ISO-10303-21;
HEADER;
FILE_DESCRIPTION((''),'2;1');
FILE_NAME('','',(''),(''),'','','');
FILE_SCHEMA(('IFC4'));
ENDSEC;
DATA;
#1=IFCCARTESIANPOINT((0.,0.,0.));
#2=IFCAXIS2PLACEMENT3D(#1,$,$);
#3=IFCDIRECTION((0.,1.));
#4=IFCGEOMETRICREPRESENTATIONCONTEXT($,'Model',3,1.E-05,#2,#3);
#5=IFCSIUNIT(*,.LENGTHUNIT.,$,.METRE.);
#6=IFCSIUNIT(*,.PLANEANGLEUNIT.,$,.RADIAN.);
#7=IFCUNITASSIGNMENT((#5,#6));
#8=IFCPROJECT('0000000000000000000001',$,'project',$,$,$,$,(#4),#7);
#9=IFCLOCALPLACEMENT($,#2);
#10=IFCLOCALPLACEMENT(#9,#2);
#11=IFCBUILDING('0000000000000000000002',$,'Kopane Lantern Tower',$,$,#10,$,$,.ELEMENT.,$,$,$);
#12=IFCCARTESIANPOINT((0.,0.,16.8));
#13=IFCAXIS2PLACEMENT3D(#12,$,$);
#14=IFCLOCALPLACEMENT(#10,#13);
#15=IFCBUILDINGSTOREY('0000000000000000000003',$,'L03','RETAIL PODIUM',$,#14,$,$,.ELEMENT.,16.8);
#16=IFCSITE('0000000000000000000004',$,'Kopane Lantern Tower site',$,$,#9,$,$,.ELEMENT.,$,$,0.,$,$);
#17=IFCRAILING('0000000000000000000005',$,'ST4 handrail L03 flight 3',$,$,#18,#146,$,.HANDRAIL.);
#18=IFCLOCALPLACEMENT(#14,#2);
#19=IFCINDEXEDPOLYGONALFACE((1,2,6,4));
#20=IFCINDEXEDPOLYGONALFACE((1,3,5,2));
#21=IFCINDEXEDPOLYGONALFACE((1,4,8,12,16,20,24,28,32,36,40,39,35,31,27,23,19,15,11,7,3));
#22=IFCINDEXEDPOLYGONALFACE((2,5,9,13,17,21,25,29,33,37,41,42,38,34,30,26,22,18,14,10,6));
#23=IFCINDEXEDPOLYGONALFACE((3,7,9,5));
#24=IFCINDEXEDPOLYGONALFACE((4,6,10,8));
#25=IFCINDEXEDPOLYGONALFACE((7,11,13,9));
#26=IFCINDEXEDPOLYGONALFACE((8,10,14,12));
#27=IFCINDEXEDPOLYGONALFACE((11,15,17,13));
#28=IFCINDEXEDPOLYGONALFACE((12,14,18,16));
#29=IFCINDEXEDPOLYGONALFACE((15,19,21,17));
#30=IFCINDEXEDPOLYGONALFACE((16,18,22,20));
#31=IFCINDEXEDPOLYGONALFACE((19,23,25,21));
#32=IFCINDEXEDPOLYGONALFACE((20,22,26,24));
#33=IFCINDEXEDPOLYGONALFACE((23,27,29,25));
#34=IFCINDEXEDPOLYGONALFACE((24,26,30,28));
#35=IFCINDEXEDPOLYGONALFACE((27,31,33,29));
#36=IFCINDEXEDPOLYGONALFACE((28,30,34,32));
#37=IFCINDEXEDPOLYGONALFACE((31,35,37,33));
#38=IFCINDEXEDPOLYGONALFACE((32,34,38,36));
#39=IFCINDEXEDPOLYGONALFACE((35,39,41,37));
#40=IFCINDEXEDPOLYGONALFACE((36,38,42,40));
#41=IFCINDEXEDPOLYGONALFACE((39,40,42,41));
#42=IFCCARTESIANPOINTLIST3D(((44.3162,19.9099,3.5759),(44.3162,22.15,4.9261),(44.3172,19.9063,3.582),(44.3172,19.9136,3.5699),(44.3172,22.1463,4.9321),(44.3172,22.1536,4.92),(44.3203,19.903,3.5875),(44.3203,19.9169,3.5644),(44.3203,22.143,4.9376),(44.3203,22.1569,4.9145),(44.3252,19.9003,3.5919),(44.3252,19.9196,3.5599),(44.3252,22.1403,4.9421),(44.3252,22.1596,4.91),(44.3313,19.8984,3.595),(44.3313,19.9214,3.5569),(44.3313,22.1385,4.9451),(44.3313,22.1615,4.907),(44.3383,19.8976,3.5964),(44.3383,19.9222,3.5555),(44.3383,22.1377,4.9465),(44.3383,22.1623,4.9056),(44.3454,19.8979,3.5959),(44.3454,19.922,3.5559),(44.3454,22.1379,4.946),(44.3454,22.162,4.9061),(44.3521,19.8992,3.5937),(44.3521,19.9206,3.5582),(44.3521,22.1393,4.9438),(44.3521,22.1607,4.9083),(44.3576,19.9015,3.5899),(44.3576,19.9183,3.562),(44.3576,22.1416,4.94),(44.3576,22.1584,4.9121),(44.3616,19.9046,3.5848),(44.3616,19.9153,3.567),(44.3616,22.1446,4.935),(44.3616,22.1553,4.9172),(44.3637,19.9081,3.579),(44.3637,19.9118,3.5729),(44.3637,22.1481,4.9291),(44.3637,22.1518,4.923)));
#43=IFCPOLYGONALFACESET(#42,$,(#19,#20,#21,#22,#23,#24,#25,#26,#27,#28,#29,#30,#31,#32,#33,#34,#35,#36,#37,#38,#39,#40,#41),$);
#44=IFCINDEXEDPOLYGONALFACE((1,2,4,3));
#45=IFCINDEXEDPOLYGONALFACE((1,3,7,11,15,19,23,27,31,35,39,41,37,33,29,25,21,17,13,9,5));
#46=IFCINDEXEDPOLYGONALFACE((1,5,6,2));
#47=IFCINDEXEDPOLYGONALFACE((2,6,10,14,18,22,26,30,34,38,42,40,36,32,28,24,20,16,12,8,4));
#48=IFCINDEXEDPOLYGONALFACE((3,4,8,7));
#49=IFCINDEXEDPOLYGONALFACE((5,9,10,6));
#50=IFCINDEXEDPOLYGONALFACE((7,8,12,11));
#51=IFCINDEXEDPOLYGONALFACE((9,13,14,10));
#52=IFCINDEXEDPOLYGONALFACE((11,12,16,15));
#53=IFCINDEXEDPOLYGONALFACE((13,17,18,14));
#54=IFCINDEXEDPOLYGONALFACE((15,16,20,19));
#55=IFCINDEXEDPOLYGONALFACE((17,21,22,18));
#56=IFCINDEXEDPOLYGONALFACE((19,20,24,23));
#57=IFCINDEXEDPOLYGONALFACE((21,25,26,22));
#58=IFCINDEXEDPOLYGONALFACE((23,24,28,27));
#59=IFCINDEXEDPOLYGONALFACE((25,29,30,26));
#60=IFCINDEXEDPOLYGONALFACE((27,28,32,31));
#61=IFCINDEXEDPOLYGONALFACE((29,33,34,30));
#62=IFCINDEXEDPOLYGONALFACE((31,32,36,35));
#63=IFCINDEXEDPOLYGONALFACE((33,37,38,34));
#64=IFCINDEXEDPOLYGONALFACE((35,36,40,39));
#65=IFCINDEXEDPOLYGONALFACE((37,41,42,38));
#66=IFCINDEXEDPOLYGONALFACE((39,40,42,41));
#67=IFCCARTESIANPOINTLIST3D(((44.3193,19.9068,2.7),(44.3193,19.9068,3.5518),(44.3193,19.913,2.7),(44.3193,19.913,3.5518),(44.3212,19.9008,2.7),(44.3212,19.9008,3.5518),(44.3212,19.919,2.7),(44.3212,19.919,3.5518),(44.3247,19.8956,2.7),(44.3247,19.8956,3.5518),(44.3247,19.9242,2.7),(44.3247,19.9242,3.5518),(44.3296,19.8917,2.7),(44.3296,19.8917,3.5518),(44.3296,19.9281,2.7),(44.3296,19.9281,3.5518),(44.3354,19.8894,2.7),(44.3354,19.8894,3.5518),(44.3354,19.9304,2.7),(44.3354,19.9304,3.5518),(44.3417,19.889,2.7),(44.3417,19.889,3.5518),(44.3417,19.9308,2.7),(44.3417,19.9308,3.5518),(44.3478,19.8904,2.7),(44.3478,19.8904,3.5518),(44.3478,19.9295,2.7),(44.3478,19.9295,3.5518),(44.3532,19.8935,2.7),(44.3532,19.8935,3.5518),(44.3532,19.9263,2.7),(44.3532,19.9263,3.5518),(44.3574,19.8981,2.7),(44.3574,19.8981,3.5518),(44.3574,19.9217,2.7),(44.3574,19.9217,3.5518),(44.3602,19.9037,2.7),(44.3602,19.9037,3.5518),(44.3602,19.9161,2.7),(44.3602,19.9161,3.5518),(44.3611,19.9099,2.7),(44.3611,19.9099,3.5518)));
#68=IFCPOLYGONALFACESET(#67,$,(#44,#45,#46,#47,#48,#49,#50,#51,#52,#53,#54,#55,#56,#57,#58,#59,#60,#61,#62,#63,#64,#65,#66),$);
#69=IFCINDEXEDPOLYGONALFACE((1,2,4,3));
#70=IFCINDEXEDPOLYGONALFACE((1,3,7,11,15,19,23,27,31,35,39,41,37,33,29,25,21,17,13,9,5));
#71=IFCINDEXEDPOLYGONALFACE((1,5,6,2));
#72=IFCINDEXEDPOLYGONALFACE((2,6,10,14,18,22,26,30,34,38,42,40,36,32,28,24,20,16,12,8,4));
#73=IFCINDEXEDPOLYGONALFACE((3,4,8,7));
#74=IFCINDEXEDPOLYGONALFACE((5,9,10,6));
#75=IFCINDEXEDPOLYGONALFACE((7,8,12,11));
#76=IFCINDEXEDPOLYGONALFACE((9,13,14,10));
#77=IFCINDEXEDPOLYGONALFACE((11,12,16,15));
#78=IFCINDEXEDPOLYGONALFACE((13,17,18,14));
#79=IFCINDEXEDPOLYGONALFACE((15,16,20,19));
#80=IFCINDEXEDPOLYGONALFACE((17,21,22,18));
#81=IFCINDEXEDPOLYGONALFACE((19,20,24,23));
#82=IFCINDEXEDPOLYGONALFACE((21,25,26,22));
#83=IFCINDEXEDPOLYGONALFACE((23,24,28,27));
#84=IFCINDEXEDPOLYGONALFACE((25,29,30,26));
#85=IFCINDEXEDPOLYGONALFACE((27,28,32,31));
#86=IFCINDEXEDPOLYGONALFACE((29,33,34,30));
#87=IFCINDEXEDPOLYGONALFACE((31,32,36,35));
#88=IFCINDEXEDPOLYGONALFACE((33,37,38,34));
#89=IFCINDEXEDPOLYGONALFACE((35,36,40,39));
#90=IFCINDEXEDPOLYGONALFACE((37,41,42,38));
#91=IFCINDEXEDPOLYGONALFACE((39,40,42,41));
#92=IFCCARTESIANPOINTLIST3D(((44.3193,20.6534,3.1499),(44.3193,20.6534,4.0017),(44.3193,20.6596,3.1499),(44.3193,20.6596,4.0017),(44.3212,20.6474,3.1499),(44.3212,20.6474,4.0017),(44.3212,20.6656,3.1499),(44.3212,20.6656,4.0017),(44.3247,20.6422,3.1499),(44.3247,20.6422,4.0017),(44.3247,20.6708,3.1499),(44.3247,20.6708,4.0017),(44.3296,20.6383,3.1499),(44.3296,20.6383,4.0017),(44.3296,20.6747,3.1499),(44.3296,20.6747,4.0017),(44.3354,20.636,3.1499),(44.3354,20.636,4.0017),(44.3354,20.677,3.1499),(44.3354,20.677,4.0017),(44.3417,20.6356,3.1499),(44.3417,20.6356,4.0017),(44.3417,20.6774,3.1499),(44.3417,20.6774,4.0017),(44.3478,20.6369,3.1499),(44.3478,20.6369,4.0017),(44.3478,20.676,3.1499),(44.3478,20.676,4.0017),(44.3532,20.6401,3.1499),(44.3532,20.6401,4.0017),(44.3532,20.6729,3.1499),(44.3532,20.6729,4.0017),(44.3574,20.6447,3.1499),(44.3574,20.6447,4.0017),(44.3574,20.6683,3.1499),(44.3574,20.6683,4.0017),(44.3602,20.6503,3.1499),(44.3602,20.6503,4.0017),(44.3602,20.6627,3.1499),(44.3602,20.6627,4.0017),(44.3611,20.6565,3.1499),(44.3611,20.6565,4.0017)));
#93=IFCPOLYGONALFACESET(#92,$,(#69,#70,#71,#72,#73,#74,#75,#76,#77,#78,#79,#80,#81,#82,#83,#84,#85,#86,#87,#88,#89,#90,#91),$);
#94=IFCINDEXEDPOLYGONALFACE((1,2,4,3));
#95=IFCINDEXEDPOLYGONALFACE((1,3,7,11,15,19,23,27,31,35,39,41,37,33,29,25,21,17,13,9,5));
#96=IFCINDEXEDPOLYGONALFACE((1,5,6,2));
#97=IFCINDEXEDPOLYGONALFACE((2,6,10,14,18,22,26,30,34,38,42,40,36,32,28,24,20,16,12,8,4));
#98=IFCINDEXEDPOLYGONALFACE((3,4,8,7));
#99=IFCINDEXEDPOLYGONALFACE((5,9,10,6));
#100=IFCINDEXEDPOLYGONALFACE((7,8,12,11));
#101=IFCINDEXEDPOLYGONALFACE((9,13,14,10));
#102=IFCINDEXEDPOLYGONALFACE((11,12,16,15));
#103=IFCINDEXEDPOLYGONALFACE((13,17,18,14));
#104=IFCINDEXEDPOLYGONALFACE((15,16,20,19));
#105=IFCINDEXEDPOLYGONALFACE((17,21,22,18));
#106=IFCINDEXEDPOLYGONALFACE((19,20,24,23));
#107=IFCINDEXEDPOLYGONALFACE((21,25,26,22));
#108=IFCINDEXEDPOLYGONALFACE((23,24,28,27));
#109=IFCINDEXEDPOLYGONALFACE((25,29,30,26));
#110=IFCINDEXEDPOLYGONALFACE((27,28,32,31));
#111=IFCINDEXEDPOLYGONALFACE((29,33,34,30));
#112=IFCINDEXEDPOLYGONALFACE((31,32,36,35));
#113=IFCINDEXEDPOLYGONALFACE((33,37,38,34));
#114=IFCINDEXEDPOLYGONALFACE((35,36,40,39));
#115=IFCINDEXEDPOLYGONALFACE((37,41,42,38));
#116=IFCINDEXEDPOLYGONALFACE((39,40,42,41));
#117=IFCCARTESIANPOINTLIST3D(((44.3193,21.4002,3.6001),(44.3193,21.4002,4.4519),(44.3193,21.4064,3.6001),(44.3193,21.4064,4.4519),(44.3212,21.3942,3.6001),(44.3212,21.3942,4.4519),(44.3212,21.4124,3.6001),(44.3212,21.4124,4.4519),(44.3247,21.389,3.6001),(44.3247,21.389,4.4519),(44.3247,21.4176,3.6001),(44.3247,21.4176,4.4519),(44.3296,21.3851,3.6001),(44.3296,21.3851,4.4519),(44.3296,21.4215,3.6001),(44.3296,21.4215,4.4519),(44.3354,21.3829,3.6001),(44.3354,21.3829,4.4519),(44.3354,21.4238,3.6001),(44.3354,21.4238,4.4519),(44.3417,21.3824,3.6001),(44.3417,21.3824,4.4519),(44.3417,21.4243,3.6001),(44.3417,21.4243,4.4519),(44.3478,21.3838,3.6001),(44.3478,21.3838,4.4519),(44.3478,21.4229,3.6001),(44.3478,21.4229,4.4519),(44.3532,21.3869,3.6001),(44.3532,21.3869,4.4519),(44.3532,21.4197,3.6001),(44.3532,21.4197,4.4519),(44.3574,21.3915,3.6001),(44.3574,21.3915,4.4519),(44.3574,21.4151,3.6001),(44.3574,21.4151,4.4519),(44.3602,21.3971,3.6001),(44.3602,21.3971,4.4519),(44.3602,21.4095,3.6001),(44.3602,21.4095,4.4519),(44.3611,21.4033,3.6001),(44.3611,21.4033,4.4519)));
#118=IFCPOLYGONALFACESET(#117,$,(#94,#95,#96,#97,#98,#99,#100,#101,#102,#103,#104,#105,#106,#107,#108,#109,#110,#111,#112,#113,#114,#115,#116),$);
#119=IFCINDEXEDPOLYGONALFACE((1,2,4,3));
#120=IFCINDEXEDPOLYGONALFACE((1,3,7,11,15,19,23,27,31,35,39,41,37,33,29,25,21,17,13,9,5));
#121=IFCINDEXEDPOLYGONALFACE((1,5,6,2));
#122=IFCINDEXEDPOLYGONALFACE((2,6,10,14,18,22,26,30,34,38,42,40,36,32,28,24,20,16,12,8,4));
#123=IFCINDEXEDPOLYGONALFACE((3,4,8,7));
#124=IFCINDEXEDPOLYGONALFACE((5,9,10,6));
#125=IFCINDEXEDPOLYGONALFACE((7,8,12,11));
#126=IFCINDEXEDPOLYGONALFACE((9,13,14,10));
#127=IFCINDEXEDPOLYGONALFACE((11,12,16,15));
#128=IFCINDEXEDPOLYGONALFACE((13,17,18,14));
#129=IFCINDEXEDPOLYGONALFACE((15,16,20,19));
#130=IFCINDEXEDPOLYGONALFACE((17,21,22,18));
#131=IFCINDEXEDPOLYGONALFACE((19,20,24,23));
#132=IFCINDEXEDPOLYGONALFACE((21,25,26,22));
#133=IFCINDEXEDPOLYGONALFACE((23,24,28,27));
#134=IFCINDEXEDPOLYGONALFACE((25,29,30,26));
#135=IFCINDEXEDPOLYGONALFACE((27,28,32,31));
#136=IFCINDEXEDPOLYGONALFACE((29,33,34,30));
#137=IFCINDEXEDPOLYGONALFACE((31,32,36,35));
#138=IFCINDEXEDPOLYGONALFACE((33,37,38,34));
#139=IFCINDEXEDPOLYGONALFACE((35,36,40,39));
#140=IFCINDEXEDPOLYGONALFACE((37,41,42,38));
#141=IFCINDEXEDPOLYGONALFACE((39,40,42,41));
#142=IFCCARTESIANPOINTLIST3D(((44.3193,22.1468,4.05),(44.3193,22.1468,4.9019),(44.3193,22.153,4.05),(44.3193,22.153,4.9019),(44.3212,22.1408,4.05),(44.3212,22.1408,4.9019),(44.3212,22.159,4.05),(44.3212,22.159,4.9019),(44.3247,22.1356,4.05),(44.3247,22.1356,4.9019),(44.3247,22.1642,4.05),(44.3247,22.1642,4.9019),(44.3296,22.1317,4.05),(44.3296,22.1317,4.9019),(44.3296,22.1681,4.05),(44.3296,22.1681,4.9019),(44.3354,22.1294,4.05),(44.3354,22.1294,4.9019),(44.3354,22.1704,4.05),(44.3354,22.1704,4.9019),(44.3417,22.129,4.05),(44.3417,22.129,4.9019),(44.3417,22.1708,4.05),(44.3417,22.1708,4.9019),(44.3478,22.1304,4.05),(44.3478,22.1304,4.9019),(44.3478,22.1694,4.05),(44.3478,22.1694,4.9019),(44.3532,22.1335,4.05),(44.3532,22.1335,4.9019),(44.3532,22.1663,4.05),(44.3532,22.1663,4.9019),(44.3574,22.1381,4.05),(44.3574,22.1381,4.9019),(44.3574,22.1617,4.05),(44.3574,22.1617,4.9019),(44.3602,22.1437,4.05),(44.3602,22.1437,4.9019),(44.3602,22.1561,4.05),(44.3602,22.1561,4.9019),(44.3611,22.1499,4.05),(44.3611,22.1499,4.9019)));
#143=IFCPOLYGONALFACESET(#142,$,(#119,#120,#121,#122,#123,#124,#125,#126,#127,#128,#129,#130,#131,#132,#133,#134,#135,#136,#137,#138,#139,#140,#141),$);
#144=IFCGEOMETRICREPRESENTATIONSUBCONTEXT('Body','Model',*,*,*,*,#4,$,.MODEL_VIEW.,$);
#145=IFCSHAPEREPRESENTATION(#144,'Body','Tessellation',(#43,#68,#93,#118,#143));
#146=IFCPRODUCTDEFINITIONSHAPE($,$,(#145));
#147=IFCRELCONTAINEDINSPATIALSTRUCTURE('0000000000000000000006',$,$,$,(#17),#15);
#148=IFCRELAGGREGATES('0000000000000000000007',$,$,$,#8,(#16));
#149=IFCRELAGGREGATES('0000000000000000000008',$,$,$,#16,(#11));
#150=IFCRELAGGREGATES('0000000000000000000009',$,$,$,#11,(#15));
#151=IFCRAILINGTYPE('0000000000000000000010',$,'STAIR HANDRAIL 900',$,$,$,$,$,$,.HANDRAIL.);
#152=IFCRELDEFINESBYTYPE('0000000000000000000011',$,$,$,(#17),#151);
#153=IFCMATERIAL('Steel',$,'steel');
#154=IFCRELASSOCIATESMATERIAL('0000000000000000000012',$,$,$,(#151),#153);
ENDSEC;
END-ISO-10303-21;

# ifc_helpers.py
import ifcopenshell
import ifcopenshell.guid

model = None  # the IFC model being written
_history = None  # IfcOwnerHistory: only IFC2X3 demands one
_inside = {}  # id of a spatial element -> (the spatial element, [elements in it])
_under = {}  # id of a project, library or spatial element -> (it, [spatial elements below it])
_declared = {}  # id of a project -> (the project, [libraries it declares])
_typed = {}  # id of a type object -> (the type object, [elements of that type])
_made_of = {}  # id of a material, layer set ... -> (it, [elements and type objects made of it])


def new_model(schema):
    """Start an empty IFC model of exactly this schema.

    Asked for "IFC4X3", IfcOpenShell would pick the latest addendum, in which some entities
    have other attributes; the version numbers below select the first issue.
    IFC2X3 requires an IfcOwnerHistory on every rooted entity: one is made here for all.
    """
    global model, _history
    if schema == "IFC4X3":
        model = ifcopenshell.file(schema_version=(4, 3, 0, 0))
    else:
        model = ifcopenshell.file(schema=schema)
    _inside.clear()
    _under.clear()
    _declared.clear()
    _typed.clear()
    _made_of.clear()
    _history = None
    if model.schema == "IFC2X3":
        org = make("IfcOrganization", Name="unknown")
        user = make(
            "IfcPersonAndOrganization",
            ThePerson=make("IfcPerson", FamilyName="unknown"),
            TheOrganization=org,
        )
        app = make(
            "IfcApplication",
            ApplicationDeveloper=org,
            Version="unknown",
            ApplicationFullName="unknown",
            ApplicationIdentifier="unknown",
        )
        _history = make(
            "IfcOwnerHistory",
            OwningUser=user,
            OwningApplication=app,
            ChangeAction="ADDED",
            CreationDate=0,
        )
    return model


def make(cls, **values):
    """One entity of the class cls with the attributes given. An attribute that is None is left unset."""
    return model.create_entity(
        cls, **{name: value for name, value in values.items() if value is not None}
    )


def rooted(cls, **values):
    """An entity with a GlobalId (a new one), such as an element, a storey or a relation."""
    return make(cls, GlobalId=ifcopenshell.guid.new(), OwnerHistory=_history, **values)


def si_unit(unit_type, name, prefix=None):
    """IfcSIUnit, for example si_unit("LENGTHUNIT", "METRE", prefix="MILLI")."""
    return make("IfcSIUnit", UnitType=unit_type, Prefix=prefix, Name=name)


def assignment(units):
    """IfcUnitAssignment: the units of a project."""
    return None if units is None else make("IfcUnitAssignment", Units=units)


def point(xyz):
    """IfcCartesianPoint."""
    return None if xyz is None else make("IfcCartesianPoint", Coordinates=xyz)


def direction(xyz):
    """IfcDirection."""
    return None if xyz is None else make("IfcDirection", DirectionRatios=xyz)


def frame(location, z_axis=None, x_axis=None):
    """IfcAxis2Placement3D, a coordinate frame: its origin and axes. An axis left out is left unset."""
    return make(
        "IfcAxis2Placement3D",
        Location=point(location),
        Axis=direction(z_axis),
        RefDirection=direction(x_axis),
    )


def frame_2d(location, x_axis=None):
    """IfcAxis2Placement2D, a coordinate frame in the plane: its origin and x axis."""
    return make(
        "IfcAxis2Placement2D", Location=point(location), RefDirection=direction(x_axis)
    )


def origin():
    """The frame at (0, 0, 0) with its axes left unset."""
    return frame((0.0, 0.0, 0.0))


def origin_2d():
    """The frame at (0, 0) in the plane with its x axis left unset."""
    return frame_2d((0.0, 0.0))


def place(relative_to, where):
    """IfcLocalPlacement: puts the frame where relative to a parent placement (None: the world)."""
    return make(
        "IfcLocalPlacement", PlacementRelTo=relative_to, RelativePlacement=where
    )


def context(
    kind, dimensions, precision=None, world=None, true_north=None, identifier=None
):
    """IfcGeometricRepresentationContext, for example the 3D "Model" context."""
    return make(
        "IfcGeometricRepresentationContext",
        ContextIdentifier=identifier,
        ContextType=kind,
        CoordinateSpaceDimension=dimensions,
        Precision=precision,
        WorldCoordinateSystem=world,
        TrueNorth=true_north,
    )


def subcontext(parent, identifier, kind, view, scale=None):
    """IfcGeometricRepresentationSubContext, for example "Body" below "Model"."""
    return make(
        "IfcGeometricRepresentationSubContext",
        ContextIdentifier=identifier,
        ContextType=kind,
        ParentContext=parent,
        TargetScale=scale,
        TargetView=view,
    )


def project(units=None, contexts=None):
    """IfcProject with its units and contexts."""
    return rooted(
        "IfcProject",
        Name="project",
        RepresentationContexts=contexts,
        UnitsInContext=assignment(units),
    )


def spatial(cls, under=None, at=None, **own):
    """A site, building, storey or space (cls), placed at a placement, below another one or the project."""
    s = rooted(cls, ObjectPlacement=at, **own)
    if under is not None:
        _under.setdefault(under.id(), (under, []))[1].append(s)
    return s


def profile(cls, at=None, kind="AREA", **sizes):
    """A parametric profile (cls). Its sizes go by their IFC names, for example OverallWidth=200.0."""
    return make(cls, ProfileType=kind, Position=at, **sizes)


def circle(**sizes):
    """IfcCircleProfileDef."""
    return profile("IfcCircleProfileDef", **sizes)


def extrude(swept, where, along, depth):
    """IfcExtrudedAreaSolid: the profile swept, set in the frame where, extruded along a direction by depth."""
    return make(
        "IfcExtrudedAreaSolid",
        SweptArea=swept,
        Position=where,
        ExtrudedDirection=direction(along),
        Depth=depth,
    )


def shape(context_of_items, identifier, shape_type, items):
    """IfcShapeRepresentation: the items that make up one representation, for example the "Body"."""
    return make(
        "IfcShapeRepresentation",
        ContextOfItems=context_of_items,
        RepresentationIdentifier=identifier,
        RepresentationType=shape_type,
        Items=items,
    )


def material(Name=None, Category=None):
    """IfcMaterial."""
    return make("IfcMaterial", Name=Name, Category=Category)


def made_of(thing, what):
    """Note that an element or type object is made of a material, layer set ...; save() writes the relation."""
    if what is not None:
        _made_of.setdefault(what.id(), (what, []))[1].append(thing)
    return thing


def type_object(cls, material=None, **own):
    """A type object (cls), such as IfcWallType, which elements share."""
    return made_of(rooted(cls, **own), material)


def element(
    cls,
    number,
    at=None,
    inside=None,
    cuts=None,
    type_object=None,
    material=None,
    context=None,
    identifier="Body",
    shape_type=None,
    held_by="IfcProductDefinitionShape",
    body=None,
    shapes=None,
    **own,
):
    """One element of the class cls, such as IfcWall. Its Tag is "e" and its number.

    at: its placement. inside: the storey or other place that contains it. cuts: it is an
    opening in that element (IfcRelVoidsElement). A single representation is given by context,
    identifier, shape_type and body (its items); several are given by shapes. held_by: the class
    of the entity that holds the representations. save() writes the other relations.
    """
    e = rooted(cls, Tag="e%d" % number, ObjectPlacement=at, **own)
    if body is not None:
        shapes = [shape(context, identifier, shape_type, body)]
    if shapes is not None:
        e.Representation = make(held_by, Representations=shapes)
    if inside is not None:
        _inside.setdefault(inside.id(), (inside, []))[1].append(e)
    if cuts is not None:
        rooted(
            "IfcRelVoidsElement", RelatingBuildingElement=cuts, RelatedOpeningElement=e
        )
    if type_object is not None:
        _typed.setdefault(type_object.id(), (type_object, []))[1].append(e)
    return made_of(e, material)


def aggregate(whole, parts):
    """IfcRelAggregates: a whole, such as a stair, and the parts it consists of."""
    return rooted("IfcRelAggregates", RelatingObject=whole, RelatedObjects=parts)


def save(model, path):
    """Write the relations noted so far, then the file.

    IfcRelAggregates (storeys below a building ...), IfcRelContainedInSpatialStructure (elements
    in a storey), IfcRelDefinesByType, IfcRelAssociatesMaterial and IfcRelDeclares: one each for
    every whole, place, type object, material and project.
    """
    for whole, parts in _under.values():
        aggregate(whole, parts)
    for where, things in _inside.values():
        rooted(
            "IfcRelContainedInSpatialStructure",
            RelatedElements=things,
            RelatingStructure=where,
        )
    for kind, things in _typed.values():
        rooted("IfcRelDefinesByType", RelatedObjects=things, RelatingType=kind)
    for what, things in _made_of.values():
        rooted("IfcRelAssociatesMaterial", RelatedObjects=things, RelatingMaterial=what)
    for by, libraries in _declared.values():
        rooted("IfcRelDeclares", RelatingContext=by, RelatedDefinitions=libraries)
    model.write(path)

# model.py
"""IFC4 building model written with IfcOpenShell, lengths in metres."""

from ifc_helpers import new_model, si_unit, direction, frame, origin, origin_2d, place, context, subcontext, project, spatial, circle, extrude, material, type_object, element, save


model = new_model("IFC4")

# Units and contexts
model_context = context("Model", 3, precision=1e-05, world=origin(), true_north=direction((0.0, 1.0)))
body_context = subcontext(model_context, "Body", "Model", "MODEL_VIEW")
ifc_project = project(units=[si_unit("LENGTHUNIT", "METRE"), si_unit("PLANEANGLEUNIT", "RADIAN")], contexts=[model_context])

# Site, building, storey
site_placement = place(None, origin())
site = spatial("IfcSite", under=ifc_project, at=site_placement, Name="Kopane Lantern Tower site", CompositionType="ELEMENT", RefElevation=0.0)
building_placement = place(site_placement, origin())
building = spatial("IfcBuilding", under=site, at=building_placement, Name="Kopane Lantern Tower", CompositionType="ELEMENT")
storey_placement = place(building_placement, frame((0.0, 0.0, 16.8)))
storey = spatial("IfcBuildingStorey", under=building, at=storey_placement, Name="L03", Description="RETAIL PODIUM", CompositionType="ELEMENT", Elevation=16.8)

# Railing
ifc_material_1 = material(Name="Steel", Category="steel")
railing_type_1 = type_object("IfcRailingType", Name="STAIR HANDRAIL 900", PredefinedType="HANDRAIL", material=ifc_material_1)
for number, where, name in (
    (1, (44.3401, 19.9099, 2.7), "ST4 handrail L03 flight 3"),
):
    element("IfcRailing", number, at=place(storey_placement, frame(where)), inside=storey, type_object=railing_type_1, Name=name, PredefinedType="HANDRAIL", context=body_context, shape_type="SweptSolid", body=[
        extrude(circle(Radius=0.0239, at=origin_2d()), frame((0.0, 0.0, 0.876), z_axis=(0.0, 0.856462, 0.516211), x_axis=(-1.0, 0.0, 0.0)), (0.0, 0.0, 1.0), 2.6155),
        extrude(circle(Radius=0.021, at=origin_2d()), origin(), (0.0, 0.0, 1.0), 0.8518),
        extrude(circle(Radius=0.021, at=origin_2d()), frame((0.0, 0.7466, 0.45)), (0.0, 0.0, 1.0), 0.8518),
        extrude(circle(Radius=0.021, at=origin_2d()), frame((0.0, 1.4934, 0.9001)), (0.0, 0.0, 1.0), 0.8518),
        extrude(circle(Radius=0.021, at=origin_2d()), frame((0.0, 2.24, 1.3501)), (0.0, 0.0, 1.0), 0.8518),
    ])

save(model, "model.ifc")
